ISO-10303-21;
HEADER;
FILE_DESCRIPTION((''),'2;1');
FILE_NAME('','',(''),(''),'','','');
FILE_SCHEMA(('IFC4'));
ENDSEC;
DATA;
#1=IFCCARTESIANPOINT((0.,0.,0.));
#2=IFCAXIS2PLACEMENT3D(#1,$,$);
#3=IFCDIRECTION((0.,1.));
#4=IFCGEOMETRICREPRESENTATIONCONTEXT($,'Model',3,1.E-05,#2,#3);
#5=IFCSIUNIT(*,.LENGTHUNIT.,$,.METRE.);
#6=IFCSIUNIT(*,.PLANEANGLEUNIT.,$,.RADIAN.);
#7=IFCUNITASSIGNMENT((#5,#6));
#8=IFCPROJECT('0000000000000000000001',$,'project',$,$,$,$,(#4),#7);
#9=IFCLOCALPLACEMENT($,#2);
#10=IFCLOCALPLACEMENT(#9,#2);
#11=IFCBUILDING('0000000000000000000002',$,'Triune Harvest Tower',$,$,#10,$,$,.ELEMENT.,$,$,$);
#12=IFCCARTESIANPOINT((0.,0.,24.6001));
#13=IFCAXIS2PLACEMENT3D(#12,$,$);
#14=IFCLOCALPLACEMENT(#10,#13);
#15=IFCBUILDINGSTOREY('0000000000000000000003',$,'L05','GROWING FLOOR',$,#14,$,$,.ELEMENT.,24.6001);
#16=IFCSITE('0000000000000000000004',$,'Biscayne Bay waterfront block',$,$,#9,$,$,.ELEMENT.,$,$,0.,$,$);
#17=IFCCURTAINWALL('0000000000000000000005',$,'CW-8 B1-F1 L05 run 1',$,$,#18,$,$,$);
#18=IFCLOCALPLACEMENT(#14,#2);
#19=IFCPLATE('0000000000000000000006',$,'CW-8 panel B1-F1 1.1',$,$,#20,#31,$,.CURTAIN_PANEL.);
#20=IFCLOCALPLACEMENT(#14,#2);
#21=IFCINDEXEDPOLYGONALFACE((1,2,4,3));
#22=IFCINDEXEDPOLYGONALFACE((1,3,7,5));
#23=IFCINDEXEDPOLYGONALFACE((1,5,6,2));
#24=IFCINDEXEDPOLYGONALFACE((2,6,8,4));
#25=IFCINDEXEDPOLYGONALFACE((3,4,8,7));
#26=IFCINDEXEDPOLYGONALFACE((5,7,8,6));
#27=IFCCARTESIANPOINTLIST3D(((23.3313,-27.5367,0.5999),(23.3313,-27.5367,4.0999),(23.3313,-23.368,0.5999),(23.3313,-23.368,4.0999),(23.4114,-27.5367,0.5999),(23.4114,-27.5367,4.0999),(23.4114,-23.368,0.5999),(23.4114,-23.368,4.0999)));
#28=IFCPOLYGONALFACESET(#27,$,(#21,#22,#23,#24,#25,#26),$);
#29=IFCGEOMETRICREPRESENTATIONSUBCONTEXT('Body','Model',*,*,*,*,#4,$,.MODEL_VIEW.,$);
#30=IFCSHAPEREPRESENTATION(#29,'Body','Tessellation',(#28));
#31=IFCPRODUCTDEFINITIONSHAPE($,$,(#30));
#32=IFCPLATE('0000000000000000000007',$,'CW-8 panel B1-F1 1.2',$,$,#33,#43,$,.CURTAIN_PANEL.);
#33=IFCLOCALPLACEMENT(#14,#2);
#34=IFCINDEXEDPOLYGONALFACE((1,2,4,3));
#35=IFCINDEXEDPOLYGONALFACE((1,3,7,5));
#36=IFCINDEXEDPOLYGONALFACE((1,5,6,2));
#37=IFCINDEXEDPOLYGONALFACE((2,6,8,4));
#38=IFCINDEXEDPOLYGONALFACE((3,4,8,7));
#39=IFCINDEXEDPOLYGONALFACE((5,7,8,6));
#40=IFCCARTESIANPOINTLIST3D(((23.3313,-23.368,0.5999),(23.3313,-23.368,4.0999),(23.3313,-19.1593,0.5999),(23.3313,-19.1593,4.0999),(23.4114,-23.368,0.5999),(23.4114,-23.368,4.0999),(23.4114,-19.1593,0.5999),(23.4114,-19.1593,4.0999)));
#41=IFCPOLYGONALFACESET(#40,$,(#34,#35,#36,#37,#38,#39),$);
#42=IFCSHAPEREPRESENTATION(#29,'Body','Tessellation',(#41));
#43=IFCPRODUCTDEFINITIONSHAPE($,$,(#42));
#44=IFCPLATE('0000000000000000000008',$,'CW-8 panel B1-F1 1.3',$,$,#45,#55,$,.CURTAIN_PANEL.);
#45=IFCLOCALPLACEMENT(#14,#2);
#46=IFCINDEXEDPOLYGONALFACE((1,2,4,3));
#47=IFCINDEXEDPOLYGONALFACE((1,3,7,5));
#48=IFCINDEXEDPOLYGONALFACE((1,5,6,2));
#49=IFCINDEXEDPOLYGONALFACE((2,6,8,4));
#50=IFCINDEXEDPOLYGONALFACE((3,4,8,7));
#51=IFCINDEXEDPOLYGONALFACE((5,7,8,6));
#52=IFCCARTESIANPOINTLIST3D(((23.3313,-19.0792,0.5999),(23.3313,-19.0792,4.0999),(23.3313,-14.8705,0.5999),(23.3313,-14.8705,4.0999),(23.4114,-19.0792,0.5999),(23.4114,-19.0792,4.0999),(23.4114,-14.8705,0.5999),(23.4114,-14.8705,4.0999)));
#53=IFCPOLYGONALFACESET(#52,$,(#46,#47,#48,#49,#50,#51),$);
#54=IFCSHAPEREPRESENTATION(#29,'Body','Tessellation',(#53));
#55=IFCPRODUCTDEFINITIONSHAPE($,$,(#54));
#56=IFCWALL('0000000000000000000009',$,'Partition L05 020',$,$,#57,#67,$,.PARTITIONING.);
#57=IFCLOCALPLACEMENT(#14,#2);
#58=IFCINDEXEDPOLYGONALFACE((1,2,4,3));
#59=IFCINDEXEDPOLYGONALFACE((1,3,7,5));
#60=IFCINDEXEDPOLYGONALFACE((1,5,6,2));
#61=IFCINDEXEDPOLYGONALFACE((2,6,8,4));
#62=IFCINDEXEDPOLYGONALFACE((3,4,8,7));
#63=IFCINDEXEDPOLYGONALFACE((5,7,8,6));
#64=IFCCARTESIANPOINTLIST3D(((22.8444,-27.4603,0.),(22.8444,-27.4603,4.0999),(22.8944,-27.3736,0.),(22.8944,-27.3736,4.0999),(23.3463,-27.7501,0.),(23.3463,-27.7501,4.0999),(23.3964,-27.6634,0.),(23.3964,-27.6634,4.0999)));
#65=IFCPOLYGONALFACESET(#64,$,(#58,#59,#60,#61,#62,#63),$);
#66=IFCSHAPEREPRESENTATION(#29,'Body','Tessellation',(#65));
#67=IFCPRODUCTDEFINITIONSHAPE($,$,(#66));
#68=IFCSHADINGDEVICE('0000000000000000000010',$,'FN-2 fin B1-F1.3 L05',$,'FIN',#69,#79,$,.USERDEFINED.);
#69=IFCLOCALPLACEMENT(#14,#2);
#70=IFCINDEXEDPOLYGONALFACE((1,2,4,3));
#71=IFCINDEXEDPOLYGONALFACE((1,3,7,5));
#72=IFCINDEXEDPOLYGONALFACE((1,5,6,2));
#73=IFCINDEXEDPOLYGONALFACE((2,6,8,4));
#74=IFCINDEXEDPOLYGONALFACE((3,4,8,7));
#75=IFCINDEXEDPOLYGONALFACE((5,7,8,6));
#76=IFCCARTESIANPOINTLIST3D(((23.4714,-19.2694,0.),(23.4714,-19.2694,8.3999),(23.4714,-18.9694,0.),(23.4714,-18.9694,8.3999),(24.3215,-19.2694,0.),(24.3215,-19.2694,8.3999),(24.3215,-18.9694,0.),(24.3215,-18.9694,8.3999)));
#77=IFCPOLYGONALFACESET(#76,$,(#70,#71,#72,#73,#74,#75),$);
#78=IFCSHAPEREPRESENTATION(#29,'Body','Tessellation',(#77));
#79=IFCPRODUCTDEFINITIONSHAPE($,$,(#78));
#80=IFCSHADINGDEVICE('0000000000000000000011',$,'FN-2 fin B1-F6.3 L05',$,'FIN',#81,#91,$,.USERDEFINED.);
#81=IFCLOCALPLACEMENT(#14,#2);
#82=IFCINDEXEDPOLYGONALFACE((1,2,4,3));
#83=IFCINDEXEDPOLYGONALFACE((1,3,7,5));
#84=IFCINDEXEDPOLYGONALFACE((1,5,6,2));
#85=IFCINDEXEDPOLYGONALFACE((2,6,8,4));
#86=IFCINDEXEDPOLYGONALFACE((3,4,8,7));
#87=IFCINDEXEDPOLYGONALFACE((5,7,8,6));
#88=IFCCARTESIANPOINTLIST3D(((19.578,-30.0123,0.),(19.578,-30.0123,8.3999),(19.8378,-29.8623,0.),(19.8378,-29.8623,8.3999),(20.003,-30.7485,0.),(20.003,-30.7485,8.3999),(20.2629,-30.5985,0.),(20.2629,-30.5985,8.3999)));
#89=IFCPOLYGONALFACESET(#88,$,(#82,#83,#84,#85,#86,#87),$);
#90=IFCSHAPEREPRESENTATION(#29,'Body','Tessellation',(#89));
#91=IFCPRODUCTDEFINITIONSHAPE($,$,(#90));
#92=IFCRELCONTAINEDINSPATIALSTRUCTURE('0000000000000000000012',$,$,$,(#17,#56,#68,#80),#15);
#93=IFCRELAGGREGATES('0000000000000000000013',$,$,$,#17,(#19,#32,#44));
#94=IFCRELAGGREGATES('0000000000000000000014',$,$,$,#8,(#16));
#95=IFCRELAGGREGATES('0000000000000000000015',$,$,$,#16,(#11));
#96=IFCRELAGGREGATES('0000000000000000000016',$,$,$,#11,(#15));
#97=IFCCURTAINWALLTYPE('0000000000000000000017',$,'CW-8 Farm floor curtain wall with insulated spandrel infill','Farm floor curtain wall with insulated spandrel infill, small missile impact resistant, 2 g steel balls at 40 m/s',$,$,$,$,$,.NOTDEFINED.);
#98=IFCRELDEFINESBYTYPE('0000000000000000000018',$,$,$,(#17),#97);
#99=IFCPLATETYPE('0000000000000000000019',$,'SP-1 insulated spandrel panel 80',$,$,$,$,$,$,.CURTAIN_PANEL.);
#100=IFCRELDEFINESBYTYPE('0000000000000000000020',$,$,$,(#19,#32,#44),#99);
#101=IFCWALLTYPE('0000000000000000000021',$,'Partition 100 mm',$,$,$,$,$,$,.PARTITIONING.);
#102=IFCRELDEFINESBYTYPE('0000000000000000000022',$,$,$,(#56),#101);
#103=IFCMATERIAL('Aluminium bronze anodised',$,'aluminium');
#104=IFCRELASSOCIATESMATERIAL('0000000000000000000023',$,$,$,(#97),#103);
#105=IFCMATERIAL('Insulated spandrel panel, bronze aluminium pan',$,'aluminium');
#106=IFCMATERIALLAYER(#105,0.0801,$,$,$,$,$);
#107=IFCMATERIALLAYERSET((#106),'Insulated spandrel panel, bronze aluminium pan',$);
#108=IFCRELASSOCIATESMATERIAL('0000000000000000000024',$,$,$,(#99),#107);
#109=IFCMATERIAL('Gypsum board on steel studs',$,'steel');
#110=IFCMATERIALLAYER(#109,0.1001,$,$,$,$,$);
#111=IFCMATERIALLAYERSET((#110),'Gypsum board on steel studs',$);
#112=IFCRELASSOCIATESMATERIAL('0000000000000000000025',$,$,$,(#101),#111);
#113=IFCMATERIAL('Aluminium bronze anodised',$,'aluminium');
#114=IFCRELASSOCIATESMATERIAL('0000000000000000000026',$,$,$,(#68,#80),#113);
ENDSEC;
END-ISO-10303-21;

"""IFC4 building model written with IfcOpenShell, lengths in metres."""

from ifc_helpers import new_model, si_unit, direction, frame, frame_2d, origin, origin_2d, place, context, subcontext, project, spatial, rectangle, extrude, source, transform, mapped, material, layer, layer_set, type_object, element, aggregate, save


model = new_model("IFC4")

# Units and contexts
model_context = context("Model", 3, precision=1e-05, world=origin(), true_north=direction((0.0, 1.0)))
body_context = subcontext(model_context, "Body", "Model", "MODEL_VIEW")
ifc_project = project(units=[si_unit("LENGTHUNIT", "METRE"), si_unit("PLANEANGLEUNIT", "RADIAN")], contexts=[model_context])

# Site, building, storey
site_placement = place(None, origin())
site = spatial("IfcSite", under=ifc_project, at=site_placement, Name="Biscayne Bay waterfront block", CompositionType="ELEMENT", RefElevation=0.0)
building_placement = place(site_placement, origin())
building = spatial("IfcBuilding", under=site, at=building_placement, Name="Triune Harvest Tower", CompositionType="ELEMENT")
storey_placement = place(building_placement, frame((0.0, 0.0, 24.6001)))
storey = spatial("IfcBuildingStorey", under=building, at=storey_placement, Name="L05", Description="GROWING FLOOR", CompositionType="ELEMENT", Elevation=24.6001)

# Curtain wall
ifc_material_1 = material(Name="Aluminium bronze anodised", Category="aluminium")
curtain_wall_type_1 = type_object("IfcCurtainWallType", Name="CW-8 Farm floor curtain wall with insulated spandrel infill", Description="Farm floor curtain wall with insulated spandrel infill, small missile impact resistant, 2 g steel balls at 40 m/s", PredefinedType="NOTDEFINED", material=ifc_material_1)
curtain_wall_1_placement = place(storey_placement, origin())
curtain_wall_1 = element("IfcCurtainWall", 1, at=curtain_wall_1_placement, inside=storey, type_object=curtain_wall_type_1, Name="CW-8 B1-F1 L05 run 1")

# Plates
ifc_material_2 = material(Name="Insulated spandrel panel, bronze aluminium pan", Category="aluminium")
ifc_layer_1 = layer(ifc_material_2, 0.0801)
ifc_layer_set_1 = layer_set([ifc_layer_1], Name="Insulated spandrel panel, bronze aluminium pan")
plate_type_1 = type_object("IfcPlateType", Name="SP-1 insulated spandrel panel 80", PredefinedType="CURTAIN_PANEL", material=ifc_layer_set_1)
shared_shape_1 = source(origin(), body_context, "Body", "SweptSolid", [
    extrude(rectangle(XDim=4.1687, YDim=0.0801, at=origin_2d()), origin(), (0.0, 0.0, 1.0), 3.5),
])
plate_1_placement = place(storey_placement, frame((23.3713, -25.4524, 0.5999), z_axis=(0.0, 0.0, 1.0), x_axis=(0.0, 1.0, 0.0)))
plate_1 = element("IfcPlate", 2, at=plate_1_placement, type_object=plate_type_1, Name="CW-8 panel B1-F1 1.1", PredefinedType="CURTAIN_PANEL", context=body_context, shape_type="MappedRepresentation", body=[
    mapped(shared_shape_1, transform((0.0, 0.0, 0.0), scale=1.0)),
])
shared_shape_2 = source(origin(), body_context, "Body", "SweptSolid", [
    extrude(rectangle(XDim=4.2087, YDim=0.0801, at=origin_2d()), origin(), (0.0, 0.0, 1.0), 3.5),
])
plate_2_placement = place(storey_placement, frame((23.3713, -21.2637, 0.5999), z_axis=(0.0, 0.0, 1.0), x_axis=(0.0, 1.0, 0.0)))
plate_2 = element("IfcPlate", 3, at=plate_2_placement, type_object=plate_type_1, Name="CW-8 panel B1-F1 1.2", PredefinedType="CURTAIN_PANEL", context=body_context, shape_type="MappedRepresentation", body=[
    mapped(shared_shape_2, transform((0.0, 0.0, 0.0), scale=1.0)),
])
plate_3_placement = place(storey_placement, frame((23.3713, -16.9749, 0.5999), z_axis=(0.0, 0.0, 1.0), x_axis=(0.0, 1.0, 0.0)))
plate_3 = element("IfcPlate", 4, at=plate_3_placement, type_object=plate_type_1, Name="CW-8 panel B1-F1 1.3", PredefinedType="CURTAIN_PANEL", context=body_context, shape_type="MappedRepresentation", body=[
    mapped(shared_shape_2, transform((0.0, 0.0, 0.0), scale=1.0)),
])
aggregate(curtain_wall_1, [plate_1, plate_2, plate_3])

# Wall
ifc_material_3 = material(Name="Gypsum board on steel studs", Category="steel")
ifc_layer_2 = layer(ifc_material_3, 0.1001)
ifc_layer_set_2 = layer_set([ifc_layer_2], Name="Gypsum board on steel studs")
wall_type = type_object("IfcWallType", Name="Partition 100 mm", PredefinedType="PARTITIONING", material=ifc_layer_set_2)
shared_shape_3 = source(origin(), body_context, "Body", "SweptSolid", [
    extrude(rectangle(XDim=0.5796, YDim=0.1001, at=frame_2d((0.2898, 0.0))), origin(), (0.0, 0.0, 1.0), 4.0999),
])
wall_placement = place(storey_placement, frame((22.8694, -27.417, 0.0), z_axis=(0.0, 0.0, 1.0), x_axis=(0.866031, -0.49999, 0.0)))
element("IfcWall", 5, at=wall_placement, inside=storey, type_object=wall_type, Name="Partition L05 020", PredefinedType="PARTITIONING", context=body_context, shape_type="MappedRepresentation", body=[
    mapped(shared_shape_3, transform((0.0, 0.0, 0.0), scale=1.0)),
])

# Shading devices
ifc_material_4 = material(Name="Aluminium bronze anodised", Category="aluminium")
shared_shape_4 = source(origin(), body_context, "Body", "SweptSolid", [
    extrude(rectangle(XDim=0.3, YDim=0.8501, at=origin_2d()), origin(), (0.0, 0.0, 1.0), 8.3999),
])
for number, where, z_axis, x_axis, name in (
    (6, (23.8965, -19.1194, 0.0), (0.0, 0.0, 1.0), (0.0, 1.0, 0.0), "FN-2 fin B1-F1.3 L05"),
    (7, (19.9204, -30.3054, 0.0), (0.0, 0.0, 1.0), (0.866026, 0.499999, 0.0), "FN-2 fin B1-F6.3 L05"),
):
    element("IfcShadingDevice", number, at=place(storey_placement, frame(where, z_axis=z_axis, x_axis=x_axis)), inside=storey, material=ifc_material_4, Name=name, ObjectType="FIN", PredefinedType="USERDEFINED", context=body_context, shape_type="MappedRepresentation", body=[
        mapped(shared_shape_4, transform((0.0, 0.0, 0.0), scale=1.0)),
    ])

save(model, "model.ifc")
